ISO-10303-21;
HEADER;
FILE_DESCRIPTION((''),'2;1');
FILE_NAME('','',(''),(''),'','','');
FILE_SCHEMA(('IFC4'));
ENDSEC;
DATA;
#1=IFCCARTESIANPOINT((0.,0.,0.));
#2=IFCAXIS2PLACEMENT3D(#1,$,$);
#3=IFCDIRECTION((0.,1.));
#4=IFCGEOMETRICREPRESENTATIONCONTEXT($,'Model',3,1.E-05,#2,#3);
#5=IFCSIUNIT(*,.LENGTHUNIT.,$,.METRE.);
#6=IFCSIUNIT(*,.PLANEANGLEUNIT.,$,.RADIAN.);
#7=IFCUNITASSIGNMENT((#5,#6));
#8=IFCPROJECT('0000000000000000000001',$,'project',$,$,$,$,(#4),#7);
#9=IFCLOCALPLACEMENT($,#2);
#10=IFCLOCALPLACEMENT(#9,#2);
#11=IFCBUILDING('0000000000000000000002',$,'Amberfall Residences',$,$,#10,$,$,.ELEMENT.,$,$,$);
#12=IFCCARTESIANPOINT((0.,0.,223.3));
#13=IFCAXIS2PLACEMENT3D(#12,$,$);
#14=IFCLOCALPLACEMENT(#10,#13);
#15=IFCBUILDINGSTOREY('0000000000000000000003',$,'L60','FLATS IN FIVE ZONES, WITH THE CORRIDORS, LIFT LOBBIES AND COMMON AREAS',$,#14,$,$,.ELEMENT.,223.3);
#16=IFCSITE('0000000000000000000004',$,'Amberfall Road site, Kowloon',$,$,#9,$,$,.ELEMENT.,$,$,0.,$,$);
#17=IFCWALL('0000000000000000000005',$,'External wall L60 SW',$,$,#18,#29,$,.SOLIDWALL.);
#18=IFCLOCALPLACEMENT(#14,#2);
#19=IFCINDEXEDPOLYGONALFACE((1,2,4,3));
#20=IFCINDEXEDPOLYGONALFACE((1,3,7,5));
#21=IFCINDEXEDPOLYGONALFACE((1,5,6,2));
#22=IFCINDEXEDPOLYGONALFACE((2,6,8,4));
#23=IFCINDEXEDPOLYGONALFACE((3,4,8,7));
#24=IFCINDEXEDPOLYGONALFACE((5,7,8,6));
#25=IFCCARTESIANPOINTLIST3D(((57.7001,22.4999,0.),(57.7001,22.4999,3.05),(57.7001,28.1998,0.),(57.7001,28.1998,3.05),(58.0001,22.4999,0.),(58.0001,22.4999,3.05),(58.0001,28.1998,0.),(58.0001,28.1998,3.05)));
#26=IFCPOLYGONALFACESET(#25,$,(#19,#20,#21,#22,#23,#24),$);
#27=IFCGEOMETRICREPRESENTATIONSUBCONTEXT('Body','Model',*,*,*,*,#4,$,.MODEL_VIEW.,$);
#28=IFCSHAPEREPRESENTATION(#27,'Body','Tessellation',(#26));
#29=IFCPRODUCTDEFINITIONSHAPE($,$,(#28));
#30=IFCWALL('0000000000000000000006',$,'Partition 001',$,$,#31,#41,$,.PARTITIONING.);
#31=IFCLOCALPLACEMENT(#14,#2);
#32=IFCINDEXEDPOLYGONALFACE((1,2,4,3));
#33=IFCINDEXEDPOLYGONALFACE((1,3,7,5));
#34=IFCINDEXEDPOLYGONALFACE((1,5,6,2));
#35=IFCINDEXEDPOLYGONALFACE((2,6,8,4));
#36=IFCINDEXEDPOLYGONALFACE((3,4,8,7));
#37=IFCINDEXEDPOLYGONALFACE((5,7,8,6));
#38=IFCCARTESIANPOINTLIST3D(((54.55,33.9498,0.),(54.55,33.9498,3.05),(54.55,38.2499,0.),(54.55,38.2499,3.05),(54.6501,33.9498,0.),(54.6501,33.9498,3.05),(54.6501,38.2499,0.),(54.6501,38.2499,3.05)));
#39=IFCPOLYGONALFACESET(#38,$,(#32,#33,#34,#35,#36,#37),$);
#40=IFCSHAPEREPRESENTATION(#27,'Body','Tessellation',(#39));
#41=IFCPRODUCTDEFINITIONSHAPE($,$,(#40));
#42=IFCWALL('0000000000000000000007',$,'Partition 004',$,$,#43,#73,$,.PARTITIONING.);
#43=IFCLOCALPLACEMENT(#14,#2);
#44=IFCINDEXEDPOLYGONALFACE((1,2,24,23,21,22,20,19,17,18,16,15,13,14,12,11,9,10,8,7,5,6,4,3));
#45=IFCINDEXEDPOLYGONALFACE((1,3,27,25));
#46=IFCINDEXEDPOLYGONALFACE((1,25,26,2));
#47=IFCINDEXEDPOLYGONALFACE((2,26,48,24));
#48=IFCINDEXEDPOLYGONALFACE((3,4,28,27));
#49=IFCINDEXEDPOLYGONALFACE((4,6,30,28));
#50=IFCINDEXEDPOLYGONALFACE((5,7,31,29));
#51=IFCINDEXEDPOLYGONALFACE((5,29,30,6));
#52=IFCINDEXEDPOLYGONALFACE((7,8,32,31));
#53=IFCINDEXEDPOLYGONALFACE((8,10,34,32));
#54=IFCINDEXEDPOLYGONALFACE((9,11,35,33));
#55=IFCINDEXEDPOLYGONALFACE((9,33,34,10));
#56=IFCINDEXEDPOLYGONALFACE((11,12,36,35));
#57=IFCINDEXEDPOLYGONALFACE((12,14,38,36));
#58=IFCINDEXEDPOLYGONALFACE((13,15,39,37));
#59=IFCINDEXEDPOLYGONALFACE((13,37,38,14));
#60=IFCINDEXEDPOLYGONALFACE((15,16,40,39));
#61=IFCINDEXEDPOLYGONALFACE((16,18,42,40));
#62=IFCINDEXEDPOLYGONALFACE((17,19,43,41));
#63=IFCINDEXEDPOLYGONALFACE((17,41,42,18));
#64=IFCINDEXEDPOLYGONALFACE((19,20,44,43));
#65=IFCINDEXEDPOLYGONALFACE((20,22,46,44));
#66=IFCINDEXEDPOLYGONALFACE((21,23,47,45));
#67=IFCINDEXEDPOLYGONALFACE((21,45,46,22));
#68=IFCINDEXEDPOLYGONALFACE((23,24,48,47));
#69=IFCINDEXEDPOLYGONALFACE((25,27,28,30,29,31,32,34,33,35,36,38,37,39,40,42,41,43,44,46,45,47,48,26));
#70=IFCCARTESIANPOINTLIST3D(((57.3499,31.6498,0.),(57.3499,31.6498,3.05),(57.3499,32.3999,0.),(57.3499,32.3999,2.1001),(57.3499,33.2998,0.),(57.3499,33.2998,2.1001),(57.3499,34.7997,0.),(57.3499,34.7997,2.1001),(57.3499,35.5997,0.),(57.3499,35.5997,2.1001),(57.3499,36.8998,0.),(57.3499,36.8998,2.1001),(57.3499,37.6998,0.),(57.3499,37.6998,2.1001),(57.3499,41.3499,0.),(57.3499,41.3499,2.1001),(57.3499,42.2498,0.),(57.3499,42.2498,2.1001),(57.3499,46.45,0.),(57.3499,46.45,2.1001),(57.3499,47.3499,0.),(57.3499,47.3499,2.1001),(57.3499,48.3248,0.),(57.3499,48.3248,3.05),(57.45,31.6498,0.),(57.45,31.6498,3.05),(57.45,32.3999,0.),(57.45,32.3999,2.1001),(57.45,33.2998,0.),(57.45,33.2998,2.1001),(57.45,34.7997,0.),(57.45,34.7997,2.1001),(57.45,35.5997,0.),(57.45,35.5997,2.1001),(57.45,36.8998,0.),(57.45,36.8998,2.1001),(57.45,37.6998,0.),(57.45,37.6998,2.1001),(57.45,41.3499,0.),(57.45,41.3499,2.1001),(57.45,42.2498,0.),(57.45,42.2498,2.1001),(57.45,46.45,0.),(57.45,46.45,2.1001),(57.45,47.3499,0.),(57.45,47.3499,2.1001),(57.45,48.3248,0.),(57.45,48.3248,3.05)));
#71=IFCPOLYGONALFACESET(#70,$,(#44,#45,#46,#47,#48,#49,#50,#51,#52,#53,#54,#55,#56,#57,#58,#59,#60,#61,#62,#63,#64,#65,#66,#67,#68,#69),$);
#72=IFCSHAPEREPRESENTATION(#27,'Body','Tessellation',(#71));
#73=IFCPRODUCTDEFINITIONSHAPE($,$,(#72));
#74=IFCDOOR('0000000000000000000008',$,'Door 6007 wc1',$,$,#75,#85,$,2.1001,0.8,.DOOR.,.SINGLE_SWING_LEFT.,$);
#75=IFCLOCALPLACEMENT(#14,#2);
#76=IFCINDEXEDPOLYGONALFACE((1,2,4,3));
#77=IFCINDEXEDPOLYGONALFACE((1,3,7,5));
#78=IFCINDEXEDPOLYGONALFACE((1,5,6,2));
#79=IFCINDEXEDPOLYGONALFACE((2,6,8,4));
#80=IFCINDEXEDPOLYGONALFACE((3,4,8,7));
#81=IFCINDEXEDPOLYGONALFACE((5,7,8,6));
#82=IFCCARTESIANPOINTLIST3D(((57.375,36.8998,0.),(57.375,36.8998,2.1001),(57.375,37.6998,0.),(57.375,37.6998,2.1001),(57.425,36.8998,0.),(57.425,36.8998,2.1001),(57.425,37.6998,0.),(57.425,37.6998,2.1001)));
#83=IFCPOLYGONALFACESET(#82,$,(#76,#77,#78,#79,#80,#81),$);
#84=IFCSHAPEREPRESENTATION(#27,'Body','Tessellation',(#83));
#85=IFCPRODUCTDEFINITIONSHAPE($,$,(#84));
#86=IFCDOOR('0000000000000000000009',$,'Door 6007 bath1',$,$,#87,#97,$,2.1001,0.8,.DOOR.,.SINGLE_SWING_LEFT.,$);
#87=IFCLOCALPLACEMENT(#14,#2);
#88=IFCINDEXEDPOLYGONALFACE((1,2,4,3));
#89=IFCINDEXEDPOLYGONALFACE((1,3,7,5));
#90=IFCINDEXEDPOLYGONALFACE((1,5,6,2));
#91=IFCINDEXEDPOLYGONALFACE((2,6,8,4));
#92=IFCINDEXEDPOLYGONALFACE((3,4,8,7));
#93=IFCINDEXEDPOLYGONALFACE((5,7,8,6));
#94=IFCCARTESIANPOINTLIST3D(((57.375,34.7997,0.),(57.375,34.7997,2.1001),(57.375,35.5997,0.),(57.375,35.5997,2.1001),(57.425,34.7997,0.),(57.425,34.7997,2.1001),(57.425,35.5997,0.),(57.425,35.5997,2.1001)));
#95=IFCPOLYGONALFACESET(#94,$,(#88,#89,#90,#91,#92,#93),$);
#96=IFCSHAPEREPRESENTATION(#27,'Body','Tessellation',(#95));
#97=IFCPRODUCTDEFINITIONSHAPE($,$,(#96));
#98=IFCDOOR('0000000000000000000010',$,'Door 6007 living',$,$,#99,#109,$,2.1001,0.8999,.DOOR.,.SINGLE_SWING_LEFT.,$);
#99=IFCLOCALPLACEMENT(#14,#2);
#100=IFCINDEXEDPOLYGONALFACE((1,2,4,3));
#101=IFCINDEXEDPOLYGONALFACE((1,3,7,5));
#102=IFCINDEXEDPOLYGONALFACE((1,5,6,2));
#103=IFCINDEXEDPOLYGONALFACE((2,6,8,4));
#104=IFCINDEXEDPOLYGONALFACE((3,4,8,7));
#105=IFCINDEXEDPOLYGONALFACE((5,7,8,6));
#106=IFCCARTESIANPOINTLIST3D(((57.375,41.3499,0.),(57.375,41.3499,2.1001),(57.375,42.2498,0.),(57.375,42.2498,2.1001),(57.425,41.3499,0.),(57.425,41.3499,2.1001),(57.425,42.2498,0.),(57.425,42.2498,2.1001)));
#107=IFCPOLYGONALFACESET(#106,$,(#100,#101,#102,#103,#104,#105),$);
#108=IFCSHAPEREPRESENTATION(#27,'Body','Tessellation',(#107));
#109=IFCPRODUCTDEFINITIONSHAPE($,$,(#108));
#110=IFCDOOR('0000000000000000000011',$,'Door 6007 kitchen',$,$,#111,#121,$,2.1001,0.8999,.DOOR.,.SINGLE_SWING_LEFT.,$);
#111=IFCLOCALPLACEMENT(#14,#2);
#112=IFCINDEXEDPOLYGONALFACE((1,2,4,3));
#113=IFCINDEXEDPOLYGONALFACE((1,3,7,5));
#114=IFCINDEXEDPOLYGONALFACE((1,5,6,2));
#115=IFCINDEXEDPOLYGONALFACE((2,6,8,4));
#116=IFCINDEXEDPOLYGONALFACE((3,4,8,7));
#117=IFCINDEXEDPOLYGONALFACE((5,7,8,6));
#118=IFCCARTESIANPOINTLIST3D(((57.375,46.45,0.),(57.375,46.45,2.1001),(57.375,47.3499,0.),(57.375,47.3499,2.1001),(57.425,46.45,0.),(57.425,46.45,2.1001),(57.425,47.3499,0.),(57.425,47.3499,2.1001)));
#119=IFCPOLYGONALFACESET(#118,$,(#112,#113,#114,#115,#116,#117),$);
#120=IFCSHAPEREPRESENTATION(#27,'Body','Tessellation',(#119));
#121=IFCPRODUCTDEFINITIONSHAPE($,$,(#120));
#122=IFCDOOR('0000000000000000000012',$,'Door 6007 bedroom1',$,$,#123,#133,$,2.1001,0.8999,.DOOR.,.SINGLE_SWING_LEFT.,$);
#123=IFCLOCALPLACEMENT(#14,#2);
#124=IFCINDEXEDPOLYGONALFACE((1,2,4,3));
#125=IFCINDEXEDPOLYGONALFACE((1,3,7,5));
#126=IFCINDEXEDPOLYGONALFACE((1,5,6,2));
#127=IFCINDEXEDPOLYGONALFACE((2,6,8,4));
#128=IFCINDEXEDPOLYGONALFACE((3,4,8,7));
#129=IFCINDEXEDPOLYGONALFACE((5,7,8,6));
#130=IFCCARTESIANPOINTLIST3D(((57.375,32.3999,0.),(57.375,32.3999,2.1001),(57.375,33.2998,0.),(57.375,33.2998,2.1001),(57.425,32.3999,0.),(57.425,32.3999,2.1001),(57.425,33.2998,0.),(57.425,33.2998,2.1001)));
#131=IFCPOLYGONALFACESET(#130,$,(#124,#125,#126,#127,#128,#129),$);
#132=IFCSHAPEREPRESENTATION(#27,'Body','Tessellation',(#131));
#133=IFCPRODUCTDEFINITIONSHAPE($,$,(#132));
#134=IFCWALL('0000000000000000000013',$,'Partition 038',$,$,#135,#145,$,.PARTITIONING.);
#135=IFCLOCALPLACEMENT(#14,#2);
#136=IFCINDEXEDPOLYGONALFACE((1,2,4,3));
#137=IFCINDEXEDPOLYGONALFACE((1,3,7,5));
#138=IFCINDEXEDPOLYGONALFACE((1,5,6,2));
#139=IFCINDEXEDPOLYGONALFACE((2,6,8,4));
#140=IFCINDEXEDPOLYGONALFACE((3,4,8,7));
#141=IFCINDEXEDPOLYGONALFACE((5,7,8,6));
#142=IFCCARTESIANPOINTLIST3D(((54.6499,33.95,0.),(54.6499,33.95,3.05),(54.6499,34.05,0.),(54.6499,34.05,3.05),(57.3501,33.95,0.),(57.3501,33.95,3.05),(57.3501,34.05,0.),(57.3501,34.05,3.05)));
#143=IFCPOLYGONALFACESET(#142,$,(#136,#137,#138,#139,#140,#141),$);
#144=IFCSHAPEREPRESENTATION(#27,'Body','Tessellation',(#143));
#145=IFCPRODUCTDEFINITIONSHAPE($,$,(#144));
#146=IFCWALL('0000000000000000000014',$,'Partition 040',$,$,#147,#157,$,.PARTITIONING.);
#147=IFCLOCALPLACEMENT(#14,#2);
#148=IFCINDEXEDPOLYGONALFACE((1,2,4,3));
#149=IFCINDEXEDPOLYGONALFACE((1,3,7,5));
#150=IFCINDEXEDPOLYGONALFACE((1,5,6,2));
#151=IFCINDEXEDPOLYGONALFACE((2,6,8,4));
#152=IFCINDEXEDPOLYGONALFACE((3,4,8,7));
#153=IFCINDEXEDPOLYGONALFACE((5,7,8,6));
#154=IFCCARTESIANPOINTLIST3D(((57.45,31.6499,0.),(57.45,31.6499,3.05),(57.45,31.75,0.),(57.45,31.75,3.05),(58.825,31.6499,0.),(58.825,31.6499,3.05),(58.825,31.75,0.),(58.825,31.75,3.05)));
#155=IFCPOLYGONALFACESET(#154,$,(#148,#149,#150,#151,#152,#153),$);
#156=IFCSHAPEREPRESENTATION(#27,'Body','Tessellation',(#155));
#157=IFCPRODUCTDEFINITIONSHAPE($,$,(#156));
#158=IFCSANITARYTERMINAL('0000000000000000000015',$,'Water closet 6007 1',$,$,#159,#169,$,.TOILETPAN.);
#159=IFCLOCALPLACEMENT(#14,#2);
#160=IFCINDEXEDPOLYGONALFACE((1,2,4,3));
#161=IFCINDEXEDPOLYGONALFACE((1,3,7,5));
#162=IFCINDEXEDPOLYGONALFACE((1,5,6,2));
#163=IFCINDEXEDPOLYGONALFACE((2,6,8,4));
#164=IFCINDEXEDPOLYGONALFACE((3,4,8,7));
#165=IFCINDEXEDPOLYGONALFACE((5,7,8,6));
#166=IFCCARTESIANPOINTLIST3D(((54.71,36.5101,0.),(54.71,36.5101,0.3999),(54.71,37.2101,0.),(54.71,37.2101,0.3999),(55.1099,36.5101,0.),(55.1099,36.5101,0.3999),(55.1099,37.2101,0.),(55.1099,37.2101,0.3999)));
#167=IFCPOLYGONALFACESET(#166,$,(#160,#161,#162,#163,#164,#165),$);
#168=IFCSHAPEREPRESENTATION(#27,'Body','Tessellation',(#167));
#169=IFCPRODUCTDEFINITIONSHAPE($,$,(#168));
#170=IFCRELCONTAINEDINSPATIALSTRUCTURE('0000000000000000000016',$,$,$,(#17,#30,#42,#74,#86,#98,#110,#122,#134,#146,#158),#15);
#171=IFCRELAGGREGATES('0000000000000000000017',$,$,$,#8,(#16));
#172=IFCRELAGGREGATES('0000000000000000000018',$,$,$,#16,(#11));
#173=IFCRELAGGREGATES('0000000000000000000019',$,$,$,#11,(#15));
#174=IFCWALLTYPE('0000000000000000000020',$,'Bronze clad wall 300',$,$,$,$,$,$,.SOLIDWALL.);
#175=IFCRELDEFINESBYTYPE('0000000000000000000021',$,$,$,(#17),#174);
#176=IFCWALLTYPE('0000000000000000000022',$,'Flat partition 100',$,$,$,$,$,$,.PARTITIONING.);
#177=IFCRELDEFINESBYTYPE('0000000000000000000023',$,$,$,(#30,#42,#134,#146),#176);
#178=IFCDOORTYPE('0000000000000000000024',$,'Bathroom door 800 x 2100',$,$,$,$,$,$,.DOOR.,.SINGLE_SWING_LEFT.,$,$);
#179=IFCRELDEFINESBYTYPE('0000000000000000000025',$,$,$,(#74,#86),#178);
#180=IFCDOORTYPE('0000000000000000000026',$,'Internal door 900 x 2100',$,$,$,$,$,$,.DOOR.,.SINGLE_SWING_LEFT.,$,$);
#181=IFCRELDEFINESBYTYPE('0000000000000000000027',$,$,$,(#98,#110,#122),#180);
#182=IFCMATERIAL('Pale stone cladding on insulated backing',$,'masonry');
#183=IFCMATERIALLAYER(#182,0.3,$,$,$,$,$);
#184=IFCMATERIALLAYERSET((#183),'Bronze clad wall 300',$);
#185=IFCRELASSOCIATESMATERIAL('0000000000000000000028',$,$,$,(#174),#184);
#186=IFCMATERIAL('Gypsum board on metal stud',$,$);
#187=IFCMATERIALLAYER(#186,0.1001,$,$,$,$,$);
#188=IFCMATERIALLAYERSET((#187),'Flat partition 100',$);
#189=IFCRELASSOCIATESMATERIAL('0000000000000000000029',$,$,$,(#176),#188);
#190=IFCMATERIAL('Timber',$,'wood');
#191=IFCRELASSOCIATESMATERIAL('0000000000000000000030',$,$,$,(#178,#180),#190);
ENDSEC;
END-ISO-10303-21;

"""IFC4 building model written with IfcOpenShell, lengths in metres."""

from ifc_helpers import new_model, si_unit, direction, frame, frame_2d, origin, origin_2d, place, context, subcontext, project, spatial, rectangle, extrude, material, layer, layer_set, type_object, element, fill, save


model = new_model("IFC4")

# Units and contexts
model_context = context("Model", 3, precision=1e-05, world=origin(), true_north=direction((0.0, 1.0)))
body_context = subcontext(model_context, "Body", "Model", "MODEL_VIEW")
ifc_project = project(units=[si_unit("LENGTHUNIT", "METRE"), si_unit("PLANEANGLEUNIT", "RADIAN")], contexts=[model_context])

# Site, building, storey
site_placement = place(None, origin())
site = spatial("IfcSite", under=ifc_project, at=site_placement, Name="Amberfall Road site, Kowloon", CompositionType="ELEMENT", RefElevation=0.0)
building_placement = place(site_placement, origin())
building = spatial("IfcBuilding", under=site, at=building_placement, Name="Amberfall Residences", CompositionType="ELEMENT")
storey_placement = place(building_placement, frame((0.0, 0.0, 223.3)))
storey = spatial("IfcBuildingStorey", under=building, at=storey_placement, Name="L60", Description="FLATS IN FIVE ZONES, WITH THE CORRIDORS, LIFT LOBBIES AND COMMON AREAS", CompositionType="ELEMENT", Elevation=223.3)

# Walls
ifc_material_1 = material(Name="Pale stone cladding on insulated backing", Category="masonry")
ifc_layer_1 = layer(ifc_material_1, 0.3)
ifc_layer_set_1 = layer_set([ifc_layer_1], Name="Bronze clad wall 300")
wall_type_1 = type_object("IfcWallType", Name="Bronze clad wall 300", PredefinedType="SOLIDWALL", material=ifc_layer_set_1)
wall_1_placement = place(storey_placement, frame((57.8501, 28.2, 0.0), z_axis=(0.0, 0.0, 1.0), x_axis=(0.0, -1.0, 0.0)))
element("IfcWall", 1, at=wall_1_placement, inside=storey, type_object=wall_type_1, Name="External wall L60 SW", PredefinedType="SOLIDWALL", context=body_context, shape_type="SweptSolid", body=[
    extrude(rectangle(XDim=5.7, YDim=0.3, at=frame_2d((2.8501, 0.0))), origin(), (0.0, 0.0, 1.0), 3.05),
])
ifc_material_2 = material(Name="Gypsum board on metal stud")
ifc_layer_2 = layer(ifc_material_2, 0.1001)
ifc_layer_set_2 = layer_set([ifc_layer_2], Name="Flat partition 100")
wall_type_2 = type_object("IfcWallType", Name="Flat partition 100", PredefinedType="PARTITIONING", material=ifc_layer_set_2)
wall_2_placement = place(storey_placement, frame((54.6001, 33.95, 0.0), z_axis=(0.0, 0.0, 1.0), x_axis=(0.0, 1.0, 0.0)))
element("IfcWall", 2, at=wall_2_placement, inside=storey, type_object=wall_type_2, Name="Partition 001", PredefinedType="PARTITIONING", context=body_context, shape_type="SweptSolid", body=[
    extrude(rectangle(XDim=4.3, YDim=0.1001, at=frame_2d((2.1499, 0.0))), origin(), (0.0, 0.0, 1.0), 3.05),
])

# Wall, openings, doors
wall_3_placement = place(storey_placement, frame((57.3999, 31.6499, 0.0), z_axis=(0.0, 0.0, 1.0), x_axis=(0.0, 1.0, 0.0)))
wall_3 = element("IfcWall", 3, at=wall_3_placement, inside=storey, type_object=wall_type_2, Name="Partition 004", PredefinedType="PARTITIONING", context=body_context, shape_type="SweptSolid", body=[
    extrude(rectangle(XDim=16.675, YDim=0.1001, at=frame_2d((8.3374, 0.0))), origin(), (0.0, 0.0, 1.0), 3.05),
])
opening_1_placement = place(wall_3_placement, frame((9.7, 0.0, 0.0)))
opening_1 = element("IfcOpeningElement", 4, at=opening_1_placement, cuts=wall_3, PredefinedType="OPENING", context=body_context, shape_type="SweptSolid", body=[
    extrude(rectangle(XDim=0.8999, YDim=2.1001, at=frame_2d((0.45, 1.05))), frame((0.0, 0.0601, 0.0), z_axis=(0.0, -1.0, 0.0), x_axis=(1.0, 0.0, 0.0)), (0.0, 0.0, 1.0), 0.1201),
])
opening_2_placement = place(wall_3_placement, frame((14.8, 0.0, 0.0)))
opening_2 = element("IfcOpeningElement", 5, at=opening_2_placement, cuts=wall_3, PredefinedType="OPENING", context=body_context, shape_type="SweptSolid", body=[
    extrude(rectangle(XDim=0.8999, YDim=2.1001, at=frame_2d((0.45, 1.05))), frame((0.0, 0.0601, 0.0), z_axis=(0.0, -1.0, 0.0), x_axis=(1.0, 0.0, 0.0)), (0.0, 0.0, 1.0), 0.1201),
])
opening_3_placement = place(wall_3_placement, frame((5.25, 0.0, 0.0)))
opening_3 = element("IfcOpeningElement", 6, at=opening_3_placement, cuts=wall_3, PredefinedType="OPENING", context=body_context, shape_type="SweptSolid", body=[
    extrude(rectangle(XDim=0.8, YDim=2.1001, at=frame_2d((0.3999, 1.05))), frame((0.0, 0.0601, 0.0), z_axis=(0.0, -1.0, 0.0), x_axis=(1.0, 0.0, 0.0)), (0.0, 0.0, 1.0), 0.1201),
])
opening_4_placement = place(wall_3_placement, frame((0.75, 0.0, 0.0)))
opening_4 = element("IfcOpeningElement", 7, at=opening_4_placement, cuts=wall_3, PredefinedType="OPENING", context=body_context, shape_type="SweptSolid", body=[
    extrude(rectangle(XDim=0.8999, YDim=2.1001, at=frame_2d((0.45, 1.05))), frame((0.0, 0.0601, 0.0), z_axis=(0.0, -1.0, 0.0), x_axis=(1.0, 0.0, 0.0)), (0.0, 0.0, 1.0), 0.1201),
])
opening_5_placement = place(wall_3_placement, frame((3.1499, 0.0, 0.0)))
opening_5 = element("IfcOpeningElement", 8, at=opening_5_placement, cuts=wall_3, PredefinedType="OPENING", context=body_context, shape_type="SweptSolid", body=[
    extrude(rectangle(XDim=0.8, YDim=2.1001, at=frame_2d((0.3999, 1.05))), frame((0.0, 0.0601, 0.0), z_axis=(0.0, -1.0, 0.0), x_axis=(1.0, 0.0, 0.0)), (0.0, 0.0, 1.0), 0.1201),
])
ifc_material_3 = material(Name="Timber", Category="wood")
door_type_1 = type_object("IfcDoorType", Name="Bathroom door 800 x 2100", OperationType="SINGLE_SWING_LEFT", PredefinedType="DOOR", material=ifc_material_3)
door_1_placement = place(opening_3_placement, origin())
door_1 = element("IfcDoor", 9, at=door_1_placement, inside=storey, type_object=door_type_1, Name="Door 6007 wc1", OperationType="SINGLE_SWING_LEFT", OverallHeight=2.1001, OverallWidth=0.8, PredefinedType="DOOR", context=body_context, shape_type="SweptSolid", body=[
    extrude(rectangle(XDim=0.8, YDim=2.1001, at=frame_2d((0.3999, 1.05))), frame((0.0, 0.0249, 0.0), z_axis=(0.0, -1.0, 0.0), x_axis=(1.0, 0.0, 0.0)), (0.0, 0.0, 1.0), 0.05),
])
fill(opening_3, door_1)
door_2_placement = place(opening_5_placement, origin())
door_2 = element("IfcDoor", 10, at=door_2_placement, inside=storey, type_object=door_type_1, Name="Door 6007 bath1", OperationType="SINGLE_SWING_LEFT", OverallHeight=2.1001, OverallWidth=0.8, PredefinedType="DOOR", context=body_context, shape_type="SweptSolid", body=[
    extrude(rectangle(XDim=0.8, YDim=2.1001, at=frame_2d((0.3999, 1.05))), frame((0.0, 0.0249, 0.0), z_axis=(0.0, -1.0, 0.0), x_axis=(1.0, 0.0, 0.0)), (0.0, 0.0, 1.0), 0.05),
])
fill(opening_5, door_2)
door_type_2 = type_object("IfcDoorType", Name="Internal door 900 x 2100", OperationType="SINGLE_SWING_LEFT", PredefinedType="DOOR", material=ifc_material_3)
door_3_placement = place(opening_1_placement, origin())
door_3 = element("IfcDoor", 11, at=door_3_placement, inside=storey, type_object=door_type_2, Name="Door 6007 living", OperationType="SINGLE_SWING_LEFT", OverallHeight=2.1001, OverallWidth=0.8999, PredefinedType="DOOR", context=body_context, shape_type="SweptSolid", body=[
    extrude(rectangle(XDim=0.8999, YDim=2.1001, at=frame_2d((0.45, 1.05))), frame((0.0, 0.0249, 0.0), z_axis=(0.0, -1.0, 0.0), x_axis=(1.0, 0.0, 0.0)), (0.0, 0.0, 1.0), 0.05),
])
fill(opening_1, door_3)
door_4_placement = place(opening_2_placement, origin())
door_4 = element("IfcDoor", 12, at=door_4_placement, inside=storey, type_object=door_type_2, Name="Door 6007 kitchen", OperationType="SINGLE_SWING_LEFT", OverallHeight=2.1001, OverallWidth=0.8999, PredefinedType="DOOR", context=body_context, shape_type="SweptSolid", body=[
    extrude(rectangle(XDim=0.8999, YDim=2.1001, at=frame_2d((0.45, 1.05))), frame((0.0, 0.0249, 0.0), z_axis=(0.0, -1.0, 0.0), x_axis=(1.0, 0.0, 0.0)), (0.0, 0.0, 1.0), 0.05),
])
fill(opening_2, door_4)
door_5_placement = place(opening_4_placement, origin())
door_5 = element("IfcDoor", 13, at=door_5_placement, inside=storey, type_object=door_type_2, Name="Door 6007 bedroom1", OperationType="SINGLE_SWING_LEFT", OverallHeight=2.1001, OverallWidth=0.8999, PredefinedType="DOOR", context=body_context, shape_type="SweptSolid", body=[
    extrude(rectangle(XDim=0.8999, YDim=2.1001, at=frame_2d((0.45, 1.05))), frame((0.0, 0.0249, 0.0), z_axis=(0.0, -1.0, 0.0), x_axis=(1.0, 0.0, 0.0)), (0.0, 0.0, 1.0), 0.05),
])
fill(opening_4, door_5)

# Walls
wall_4_placement = place(storey_placement, frame((54.6499, 34.0, 0.0), z_axis=(0.0, 0.0, 1.0), x_axis=(1.0, 0.0, 0.0)))
element("IfcWall", 14, at=wall_4_placement, inside=storey, type_object=wall_type_2, Name="Partition 038", PredefinedType="PARTITIONING", context=body_context, shape_type="SweptSolid", body=[
    extrude(rectangle(XDim=2.7002, YDim=0.1001, at=frame_2d((1.3501, 0.0))), origin(), (0.0, 0.0, 1.0), 3.05),
])
wall_5_placement = place(storey_placement, frame((57.45, 31.7, 0.0), z_axis=(0.0, 0.0, 1.0), x_axis=(1.0, 0.0, 0.0)))
element("IfcWall", 15, at=wall_5_placement, inside=storey, type_object=wall_type_2, Name="Partition 040", PredefinedType="PARTITIONING", context=body_context, shape_type="SweptSolid", body=[
    extrude(rectangle(XDim=1.375, YDim=0.1001, at=frame_2d((0.6875, 0.0))), origin(), (0.0, 0.0, 1.0), 3.05),
])

# Sanitary terminal
sanitary_terminal_1_placement = place(storey_placement, frame((54.9099, 36.8601, 0.0), z_axis=(0.0, 0.0, 1.0), x_axis=(1.0, 0.0, 0.0)))
element("IfcSanitaryTerminal", 16, at=sanitary_terminal_1_placement, inside=storey, Name="Water closet 6007 1", PredefinedType="TOILETPAN", context=body_context, shape_type="SweptSolid", body=[
    extrude(rectangle(XDim=0.3999, YDim=0.7, at=origin_2d()), origin(), (0.0, 0.0, 1.0), 0.3999),
])

save(model, "model.ifc")
